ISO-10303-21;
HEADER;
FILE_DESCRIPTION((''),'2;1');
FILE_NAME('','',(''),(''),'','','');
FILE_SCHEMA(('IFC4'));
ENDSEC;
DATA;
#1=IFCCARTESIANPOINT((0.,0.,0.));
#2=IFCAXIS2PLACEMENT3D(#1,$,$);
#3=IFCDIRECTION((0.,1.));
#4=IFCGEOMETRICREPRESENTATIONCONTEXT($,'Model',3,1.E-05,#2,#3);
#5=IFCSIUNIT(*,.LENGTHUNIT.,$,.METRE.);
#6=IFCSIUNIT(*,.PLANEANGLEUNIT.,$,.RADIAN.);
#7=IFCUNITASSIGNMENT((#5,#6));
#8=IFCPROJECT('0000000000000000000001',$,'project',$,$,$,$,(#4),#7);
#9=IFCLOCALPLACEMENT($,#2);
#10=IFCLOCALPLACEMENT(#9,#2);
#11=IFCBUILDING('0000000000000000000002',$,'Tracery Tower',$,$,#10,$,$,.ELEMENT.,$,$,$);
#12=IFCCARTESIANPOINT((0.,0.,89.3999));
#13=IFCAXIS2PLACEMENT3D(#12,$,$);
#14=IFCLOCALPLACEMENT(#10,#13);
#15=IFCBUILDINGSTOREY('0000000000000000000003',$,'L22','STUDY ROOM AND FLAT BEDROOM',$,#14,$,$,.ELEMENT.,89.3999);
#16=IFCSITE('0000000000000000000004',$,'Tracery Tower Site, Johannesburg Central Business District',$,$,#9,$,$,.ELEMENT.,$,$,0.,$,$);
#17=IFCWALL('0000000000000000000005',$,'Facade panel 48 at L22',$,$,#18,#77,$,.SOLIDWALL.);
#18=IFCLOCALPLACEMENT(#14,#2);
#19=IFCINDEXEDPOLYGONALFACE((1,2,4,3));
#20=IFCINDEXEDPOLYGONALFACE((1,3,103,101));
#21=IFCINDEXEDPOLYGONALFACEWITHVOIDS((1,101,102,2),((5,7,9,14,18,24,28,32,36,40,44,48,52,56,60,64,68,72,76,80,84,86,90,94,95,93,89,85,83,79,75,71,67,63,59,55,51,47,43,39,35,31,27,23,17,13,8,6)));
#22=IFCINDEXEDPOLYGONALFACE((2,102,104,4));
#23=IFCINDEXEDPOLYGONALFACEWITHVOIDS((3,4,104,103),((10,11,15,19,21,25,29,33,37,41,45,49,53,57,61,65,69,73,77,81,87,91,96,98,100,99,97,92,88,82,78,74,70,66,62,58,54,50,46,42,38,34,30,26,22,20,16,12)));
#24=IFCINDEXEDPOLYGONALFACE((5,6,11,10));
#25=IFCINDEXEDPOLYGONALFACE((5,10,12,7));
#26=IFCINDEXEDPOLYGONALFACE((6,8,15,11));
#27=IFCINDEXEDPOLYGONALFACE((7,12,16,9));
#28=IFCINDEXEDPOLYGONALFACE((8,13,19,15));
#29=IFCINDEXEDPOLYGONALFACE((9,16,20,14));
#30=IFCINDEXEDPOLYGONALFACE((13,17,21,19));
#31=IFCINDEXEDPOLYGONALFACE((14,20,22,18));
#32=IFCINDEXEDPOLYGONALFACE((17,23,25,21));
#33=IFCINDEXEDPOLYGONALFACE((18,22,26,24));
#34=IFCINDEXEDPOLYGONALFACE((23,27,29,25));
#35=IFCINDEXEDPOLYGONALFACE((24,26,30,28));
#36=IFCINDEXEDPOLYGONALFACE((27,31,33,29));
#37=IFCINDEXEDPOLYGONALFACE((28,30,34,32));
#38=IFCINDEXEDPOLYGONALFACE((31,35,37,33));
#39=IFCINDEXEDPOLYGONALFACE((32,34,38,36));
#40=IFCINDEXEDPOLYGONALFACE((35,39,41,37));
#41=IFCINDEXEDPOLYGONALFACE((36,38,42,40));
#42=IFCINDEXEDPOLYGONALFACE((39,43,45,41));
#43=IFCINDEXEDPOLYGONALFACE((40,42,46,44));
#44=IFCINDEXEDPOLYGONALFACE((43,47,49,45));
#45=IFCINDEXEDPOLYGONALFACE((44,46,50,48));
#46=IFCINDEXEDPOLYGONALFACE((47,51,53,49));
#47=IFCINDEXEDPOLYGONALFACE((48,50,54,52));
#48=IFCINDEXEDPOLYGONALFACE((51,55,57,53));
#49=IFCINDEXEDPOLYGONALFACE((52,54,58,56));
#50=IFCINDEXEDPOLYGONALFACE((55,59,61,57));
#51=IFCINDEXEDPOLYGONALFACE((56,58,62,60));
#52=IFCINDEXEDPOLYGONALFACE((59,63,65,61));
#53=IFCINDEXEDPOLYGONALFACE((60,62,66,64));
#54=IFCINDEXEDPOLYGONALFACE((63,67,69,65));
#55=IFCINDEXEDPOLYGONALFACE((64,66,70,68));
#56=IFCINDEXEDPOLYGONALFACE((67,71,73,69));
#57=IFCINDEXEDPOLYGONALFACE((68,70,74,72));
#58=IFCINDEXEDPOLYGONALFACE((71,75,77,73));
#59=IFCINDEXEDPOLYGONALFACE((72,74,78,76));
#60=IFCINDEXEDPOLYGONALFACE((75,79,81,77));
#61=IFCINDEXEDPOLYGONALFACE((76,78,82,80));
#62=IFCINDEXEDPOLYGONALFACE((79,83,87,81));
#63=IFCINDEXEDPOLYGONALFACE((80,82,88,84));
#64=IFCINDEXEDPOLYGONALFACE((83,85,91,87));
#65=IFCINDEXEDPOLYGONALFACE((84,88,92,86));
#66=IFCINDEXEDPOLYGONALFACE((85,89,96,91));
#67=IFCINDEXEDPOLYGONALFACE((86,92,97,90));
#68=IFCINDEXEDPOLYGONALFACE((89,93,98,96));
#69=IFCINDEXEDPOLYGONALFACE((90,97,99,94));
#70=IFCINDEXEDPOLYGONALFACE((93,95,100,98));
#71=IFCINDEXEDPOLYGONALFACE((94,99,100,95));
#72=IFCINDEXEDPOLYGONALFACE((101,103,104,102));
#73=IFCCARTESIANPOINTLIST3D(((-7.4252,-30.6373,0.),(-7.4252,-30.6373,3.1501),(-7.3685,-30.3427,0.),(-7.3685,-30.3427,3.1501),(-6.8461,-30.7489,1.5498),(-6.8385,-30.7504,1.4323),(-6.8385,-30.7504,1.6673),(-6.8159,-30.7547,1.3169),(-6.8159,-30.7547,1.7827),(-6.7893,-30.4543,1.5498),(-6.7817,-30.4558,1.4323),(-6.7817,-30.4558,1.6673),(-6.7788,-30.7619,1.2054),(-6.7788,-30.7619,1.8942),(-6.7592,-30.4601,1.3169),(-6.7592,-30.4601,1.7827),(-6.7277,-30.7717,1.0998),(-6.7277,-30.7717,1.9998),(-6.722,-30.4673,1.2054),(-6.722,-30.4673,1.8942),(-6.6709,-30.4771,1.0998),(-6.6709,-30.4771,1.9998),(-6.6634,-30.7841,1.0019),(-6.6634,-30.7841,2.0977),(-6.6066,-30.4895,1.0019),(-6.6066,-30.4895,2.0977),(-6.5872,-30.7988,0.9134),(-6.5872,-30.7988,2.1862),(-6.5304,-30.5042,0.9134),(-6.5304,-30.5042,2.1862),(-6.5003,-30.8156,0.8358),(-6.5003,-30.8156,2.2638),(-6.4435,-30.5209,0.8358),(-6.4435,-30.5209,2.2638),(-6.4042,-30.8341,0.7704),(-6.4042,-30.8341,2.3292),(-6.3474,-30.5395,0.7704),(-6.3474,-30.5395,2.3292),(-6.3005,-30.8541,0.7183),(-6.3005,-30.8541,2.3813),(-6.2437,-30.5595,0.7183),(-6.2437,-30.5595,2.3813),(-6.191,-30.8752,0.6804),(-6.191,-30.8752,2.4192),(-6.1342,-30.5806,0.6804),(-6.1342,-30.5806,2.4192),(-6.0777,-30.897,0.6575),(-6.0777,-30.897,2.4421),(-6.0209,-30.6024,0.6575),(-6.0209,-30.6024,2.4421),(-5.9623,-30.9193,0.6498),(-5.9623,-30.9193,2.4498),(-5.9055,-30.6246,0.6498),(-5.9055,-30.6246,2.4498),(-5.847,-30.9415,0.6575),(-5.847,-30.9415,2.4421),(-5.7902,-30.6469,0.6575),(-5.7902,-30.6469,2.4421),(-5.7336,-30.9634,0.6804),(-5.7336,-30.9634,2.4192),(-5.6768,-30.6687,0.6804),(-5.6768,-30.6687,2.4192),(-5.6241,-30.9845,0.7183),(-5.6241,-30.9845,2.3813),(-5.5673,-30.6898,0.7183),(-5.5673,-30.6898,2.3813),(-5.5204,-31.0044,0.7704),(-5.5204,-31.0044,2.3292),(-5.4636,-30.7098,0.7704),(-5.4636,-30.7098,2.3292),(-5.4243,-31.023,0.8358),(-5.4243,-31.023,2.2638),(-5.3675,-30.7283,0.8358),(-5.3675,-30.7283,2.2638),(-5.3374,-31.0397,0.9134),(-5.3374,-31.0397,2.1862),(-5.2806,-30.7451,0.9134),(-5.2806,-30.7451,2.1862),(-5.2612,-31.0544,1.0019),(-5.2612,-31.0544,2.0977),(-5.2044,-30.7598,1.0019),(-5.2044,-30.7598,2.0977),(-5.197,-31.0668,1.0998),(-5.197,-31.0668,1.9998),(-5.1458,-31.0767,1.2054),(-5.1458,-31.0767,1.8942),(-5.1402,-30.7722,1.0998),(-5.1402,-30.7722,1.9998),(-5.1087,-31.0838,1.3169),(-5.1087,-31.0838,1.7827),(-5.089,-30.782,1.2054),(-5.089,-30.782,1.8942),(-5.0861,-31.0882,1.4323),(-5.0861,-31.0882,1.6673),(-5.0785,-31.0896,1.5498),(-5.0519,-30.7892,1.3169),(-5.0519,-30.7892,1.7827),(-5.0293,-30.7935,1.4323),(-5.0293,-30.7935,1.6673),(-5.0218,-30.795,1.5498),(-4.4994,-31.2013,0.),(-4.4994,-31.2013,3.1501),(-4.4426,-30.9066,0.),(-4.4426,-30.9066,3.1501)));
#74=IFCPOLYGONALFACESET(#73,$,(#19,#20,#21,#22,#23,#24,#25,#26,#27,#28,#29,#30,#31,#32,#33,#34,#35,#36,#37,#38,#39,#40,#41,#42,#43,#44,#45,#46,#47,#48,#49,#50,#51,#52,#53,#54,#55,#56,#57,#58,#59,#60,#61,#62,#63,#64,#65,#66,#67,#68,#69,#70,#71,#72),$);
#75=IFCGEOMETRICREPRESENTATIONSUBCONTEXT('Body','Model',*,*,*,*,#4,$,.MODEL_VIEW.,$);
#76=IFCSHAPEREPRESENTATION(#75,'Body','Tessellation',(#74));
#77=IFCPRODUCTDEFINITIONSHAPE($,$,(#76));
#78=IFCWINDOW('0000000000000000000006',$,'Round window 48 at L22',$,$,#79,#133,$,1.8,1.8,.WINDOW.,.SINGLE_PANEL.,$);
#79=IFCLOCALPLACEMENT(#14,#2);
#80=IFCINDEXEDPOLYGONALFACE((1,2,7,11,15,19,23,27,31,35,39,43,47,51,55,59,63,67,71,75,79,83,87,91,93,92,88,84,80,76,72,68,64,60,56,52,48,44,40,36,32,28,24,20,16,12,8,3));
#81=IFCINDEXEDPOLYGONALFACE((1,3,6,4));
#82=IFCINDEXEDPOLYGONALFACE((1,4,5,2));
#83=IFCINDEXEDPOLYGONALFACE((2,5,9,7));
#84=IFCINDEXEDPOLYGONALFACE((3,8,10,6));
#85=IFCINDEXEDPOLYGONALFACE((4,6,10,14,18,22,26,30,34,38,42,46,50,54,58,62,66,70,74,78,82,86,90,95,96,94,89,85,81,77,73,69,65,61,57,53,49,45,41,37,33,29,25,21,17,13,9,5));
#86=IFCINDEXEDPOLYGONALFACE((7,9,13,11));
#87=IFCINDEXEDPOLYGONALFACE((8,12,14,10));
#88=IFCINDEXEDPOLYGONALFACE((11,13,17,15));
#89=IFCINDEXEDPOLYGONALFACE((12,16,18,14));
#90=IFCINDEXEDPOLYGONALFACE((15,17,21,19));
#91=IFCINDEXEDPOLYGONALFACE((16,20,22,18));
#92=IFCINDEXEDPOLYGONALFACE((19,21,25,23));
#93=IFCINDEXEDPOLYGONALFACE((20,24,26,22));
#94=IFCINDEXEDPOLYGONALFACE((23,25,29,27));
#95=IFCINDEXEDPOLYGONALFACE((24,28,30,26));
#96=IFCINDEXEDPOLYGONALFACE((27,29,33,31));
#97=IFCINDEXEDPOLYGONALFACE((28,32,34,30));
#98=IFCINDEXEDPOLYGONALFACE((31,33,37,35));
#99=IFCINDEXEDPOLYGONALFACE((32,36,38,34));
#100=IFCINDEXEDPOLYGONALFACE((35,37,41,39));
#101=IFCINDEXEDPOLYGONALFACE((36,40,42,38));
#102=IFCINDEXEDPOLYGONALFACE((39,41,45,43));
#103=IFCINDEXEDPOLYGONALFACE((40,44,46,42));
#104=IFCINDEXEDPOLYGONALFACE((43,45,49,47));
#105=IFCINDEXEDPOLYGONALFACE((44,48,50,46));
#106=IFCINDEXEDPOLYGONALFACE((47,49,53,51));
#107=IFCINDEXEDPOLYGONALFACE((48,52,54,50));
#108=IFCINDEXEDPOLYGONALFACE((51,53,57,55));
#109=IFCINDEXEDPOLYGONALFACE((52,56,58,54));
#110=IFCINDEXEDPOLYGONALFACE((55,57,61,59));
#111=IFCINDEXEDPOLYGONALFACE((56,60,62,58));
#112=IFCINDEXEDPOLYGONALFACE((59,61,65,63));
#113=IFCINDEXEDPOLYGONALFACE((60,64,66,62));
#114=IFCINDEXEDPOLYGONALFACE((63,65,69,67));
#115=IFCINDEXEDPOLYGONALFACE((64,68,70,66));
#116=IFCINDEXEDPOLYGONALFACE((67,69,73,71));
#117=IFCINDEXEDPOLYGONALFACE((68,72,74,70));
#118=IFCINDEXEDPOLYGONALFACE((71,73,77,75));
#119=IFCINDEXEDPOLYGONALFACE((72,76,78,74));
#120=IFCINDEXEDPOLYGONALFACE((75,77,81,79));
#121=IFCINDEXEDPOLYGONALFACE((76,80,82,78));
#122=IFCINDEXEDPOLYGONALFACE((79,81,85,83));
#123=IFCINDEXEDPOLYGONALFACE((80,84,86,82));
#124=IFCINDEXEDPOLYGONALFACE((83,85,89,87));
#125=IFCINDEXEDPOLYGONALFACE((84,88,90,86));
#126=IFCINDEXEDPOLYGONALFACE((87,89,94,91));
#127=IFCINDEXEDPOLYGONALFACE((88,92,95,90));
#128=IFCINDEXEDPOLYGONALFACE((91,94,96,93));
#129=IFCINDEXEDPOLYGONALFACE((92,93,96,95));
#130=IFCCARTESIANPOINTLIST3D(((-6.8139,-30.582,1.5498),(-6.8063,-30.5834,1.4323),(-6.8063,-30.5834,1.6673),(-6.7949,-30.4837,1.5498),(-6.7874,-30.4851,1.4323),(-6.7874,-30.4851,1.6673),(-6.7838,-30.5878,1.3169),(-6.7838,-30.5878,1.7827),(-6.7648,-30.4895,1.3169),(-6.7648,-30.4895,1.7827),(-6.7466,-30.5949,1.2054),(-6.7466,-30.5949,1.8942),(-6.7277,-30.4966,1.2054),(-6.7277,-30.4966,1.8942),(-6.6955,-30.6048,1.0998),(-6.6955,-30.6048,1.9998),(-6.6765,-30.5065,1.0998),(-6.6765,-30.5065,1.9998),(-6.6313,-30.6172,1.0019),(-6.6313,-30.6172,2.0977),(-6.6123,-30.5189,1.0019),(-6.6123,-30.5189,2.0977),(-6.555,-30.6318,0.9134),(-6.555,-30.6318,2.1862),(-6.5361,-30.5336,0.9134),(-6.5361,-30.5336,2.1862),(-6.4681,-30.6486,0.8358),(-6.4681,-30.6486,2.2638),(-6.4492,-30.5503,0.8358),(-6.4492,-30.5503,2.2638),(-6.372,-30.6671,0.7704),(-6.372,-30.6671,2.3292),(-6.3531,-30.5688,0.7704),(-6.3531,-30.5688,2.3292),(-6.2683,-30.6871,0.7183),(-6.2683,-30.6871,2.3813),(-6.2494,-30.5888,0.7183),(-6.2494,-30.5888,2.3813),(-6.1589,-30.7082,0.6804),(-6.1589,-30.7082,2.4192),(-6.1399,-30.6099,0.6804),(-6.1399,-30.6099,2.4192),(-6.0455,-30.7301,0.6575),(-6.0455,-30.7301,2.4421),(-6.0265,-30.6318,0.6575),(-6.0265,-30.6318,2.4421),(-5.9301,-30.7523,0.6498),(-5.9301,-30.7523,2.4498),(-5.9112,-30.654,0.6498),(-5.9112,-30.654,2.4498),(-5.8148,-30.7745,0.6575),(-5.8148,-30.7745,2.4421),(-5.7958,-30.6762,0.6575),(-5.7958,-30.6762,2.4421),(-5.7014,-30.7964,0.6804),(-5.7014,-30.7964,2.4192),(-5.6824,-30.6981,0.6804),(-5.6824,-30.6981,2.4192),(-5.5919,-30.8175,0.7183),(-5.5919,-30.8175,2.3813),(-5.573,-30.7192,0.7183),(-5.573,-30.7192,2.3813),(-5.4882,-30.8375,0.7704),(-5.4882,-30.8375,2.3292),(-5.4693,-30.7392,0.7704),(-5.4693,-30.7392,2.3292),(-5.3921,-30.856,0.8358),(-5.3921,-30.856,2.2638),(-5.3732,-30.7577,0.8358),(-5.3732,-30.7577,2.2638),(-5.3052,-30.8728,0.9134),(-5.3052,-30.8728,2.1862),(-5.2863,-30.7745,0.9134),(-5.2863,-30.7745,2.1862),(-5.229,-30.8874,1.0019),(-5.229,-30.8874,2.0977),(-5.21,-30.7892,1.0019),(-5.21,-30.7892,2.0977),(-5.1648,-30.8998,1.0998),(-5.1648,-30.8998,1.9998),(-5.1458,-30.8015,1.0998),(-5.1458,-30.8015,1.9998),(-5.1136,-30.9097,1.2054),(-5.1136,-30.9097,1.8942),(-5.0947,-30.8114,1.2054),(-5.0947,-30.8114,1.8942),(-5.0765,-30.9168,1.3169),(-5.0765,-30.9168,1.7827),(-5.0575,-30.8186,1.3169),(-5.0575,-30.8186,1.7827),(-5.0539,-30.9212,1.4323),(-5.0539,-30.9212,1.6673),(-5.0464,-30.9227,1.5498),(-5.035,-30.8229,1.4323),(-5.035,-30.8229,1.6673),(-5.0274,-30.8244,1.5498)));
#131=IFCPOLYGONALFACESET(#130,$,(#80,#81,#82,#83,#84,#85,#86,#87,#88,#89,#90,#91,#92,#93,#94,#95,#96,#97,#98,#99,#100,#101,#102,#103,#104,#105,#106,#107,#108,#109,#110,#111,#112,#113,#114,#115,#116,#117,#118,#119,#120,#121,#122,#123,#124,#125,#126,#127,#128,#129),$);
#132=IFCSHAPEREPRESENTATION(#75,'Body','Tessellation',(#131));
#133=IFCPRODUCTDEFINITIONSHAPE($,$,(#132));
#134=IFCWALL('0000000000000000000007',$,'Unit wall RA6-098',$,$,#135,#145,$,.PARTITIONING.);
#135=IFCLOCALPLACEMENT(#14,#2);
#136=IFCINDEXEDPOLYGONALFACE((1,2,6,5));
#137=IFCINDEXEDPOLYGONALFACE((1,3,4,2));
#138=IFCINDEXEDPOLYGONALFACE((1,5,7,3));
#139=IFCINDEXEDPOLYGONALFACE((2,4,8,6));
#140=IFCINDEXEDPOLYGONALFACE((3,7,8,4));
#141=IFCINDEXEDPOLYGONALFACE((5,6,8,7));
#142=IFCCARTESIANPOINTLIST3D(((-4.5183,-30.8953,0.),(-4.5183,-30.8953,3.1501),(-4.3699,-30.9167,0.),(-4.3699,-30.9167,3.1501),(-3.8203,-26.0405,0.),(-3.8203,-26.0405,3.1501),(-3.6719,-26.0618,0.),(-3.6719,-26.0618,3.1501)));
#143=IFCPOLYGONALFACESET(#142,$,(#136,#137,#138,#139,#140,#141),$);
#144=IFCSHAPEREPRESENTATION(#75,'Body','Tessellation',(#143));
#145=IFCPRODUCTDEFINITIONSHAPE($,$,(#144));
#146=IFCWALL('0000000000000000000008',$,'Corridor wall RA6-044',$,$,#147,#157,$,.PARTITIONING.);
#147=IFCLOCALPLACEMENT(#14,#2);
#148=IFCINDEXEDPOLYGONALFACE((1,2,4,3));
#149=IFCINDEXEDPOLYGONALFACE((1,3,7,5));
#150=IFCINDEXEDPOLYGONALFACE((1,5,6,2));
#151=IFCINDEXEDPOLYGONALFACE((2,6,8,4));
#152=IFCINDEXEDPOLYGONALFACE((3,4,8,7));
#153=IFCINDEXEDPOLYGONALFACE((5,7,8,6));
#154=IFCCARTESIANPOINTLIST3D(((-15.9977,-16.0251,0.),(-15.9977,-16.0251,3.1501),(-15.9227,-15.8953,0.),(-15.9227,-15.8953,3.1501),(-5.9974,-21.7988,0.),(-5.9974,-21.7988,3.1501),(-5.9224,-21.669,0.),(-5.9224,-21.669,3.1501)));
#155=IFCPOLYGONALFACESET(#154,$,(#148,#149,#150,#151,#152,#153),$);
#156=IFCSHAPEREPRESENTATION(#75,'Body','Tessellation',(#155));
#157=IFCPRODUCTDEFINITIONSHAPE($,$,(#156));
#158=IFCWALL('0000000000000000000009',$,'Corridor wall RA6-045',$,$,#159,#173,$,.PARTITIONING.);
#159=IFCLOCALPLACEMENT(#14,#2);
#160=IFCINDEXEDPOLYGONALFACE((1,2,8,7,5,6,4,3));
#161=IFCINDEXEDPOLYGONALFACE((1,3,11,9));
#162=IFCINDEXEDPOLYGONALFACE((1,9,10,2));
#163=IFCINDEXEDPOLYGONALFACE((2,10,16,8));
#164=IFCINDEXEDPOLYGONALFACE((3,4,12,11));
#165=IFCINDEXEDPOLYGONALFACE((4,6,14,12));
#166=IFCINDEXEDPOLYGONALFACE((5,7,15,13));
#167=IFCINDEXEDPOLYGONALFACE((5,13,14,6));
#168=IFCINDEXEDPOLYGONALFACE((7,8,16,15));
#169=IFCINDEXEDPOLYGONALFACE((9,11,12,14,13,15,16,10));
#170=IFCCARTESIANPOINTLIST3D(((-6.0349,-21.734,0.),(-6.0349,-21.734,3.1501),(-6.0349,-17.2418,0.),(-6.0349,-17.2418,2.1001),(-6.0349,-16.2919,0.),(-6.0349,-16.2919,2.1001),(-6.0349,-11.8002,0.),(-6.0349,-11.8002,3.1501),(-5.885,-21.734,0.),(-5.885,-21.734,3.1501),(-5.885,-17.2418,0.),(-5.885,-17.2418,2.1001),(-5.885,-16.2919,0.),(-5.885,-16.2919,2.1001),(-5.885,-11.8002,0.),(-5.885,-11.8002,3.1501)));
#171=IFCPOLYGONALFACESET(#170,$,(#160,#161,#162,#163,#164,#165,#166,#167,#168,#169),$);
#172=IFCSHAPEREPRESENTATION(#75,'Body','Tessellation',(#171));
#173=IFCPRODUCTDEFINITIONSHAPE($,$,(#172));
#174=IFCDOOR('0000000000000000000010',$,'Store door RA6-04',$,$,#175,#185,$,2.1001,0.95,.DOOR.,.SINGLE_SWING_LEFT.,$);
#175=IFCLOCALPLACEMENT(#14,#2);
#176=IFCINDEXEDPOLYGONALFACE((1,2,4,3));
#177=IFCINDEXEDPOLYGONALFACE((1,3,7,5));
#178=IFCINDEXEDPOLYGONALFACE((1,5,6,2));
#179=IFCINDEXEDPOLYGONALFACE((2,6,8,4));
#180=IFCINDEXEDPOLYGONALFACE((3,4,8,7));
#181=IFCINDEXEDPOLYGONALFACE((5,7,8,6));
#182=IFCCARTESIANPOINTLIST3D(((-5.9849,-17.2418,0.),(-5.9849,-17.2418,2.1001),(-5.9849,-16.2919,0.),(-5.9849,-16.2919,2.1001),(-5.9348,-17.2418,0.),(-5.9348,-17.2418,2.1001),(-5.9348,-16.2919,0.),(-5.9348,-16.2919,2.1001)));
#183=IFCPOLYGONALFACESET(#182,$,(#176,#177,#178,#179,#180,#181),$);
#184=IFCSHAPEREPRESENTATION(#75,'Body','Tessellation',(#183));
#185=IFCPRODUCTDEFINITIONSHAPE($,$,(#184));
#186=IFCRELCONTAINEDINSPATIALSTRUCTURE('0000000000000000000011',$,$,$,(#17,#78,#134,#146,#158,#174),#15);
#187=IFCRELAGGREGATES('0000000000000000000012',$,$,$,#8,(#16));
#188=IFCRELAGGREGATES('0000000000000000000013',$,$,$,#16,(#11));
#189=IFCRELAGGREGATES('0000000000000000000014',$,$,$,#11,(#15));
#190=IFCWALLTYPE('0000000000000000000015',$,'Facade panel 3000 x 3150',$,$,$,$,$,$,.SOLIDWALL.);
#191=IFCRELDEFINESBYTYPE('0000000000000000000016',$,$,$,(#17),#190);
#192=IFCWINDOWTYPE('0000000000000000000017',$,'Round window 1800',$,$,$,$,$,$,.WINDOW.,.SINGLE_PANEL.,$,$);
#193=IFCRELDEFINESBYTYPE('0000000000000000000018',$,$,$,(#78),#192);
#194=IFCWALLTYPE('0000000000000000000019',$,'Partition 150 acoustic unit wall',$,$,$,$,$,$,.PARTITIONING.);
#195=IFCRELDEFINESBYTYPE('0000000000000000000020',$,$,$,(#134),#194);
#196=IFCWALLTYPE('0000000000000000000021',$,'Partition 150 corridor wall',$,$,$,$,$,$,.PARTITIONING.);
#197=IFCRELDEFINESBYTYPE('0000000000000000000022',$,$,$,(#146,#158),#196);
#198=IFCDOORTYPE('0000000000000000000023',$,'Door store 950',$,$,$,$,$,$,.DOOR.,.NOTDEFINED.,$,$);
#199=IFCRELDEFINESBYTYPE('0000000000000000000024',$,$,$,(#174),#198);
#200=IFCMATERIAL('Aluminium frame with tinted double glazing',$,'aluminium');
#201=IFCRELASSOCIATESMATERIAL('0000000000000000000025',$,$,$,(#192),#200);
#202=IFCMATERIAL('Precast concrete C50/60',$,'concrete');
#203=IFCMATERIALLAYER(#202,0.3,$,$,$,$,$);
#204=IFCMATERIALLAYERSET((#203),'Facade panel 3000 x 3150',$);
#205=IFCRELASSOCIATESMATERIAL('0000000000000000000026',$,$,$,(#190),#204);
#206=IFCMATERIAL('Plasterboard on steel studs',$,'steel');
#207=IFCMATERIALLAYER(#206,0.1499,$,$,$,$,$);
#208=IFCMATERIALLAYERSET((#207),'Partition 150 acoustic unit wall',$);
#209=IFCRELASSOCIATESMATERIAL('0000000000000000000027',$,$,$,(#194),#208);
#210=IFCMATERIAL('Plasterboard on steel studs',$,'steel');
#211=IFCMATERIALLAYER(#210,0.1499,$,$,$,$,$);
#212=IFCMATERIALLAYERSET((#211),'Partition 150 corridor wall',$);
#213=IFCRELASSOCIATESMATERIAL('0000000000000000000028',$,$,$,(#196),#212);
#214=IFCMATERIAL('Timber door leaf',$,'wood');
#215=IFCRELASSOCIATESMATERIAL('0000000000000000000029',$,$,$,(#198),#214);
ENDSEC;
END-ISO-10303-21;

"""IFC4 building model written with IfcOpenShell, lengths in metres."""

from ifc_helpers import new_model, si_unit, direction, frame, frame_2d, origin, origin_2d, place, context, subcontext, project, spatial, rectangle, circle, extrude, material, layer, layer_set, type_object, element, fill, save


model = new_model("IFC4")

# Units and contexts
model_context = context("Model", 3, precision=1e-05, world=origin(), true_north=direction((0.0, 1.0)))
body_context = subcontext(model_context, "Body", "Model", "MODEL_VIEW")
ifc_project = project(units=[si_unit("LENGTHUNIT", "METRE"), si_unit("PLANEANGLEUNIT", "RADIAN")], contexts=[model_context])

# Site, building, storey
site_placement = place(None, origin())
site = spatial("IfcSite", under=ifc_project, at=site_placement, Name="Tracery Tower Site, Johannesburg Central Business District", CompositionType="ELEMENT", RefElevation=0.0)
building_placement = place(site_placement, origin())
building = spatial("IfcBuilding", under=site, at=building_placement, Name="Tracery Tower", CompositionType="ELEMENT")
storey_placement = place(building_placement, frame((0.0, 0.0, 89.3999)))
storey = spatial("IfcBuildingStorey", under=building, at=storey_placement, Name="L22", Description="STUDY ROOM AND FLAT BEDROOM", CompositionType="ELEMENT", Elevation=89.3999)

# Wall, opening, window
ifc_material_1 = material(Name="Aluminium frame with tinted double glazing", Category="aluminium")
window_type = type_object("IfcWindowType", Name="Round window 1800", PartitioningType="SINGLE_PANEL", PredefinedType="WINDOW", material=ifc_material_1)
ifc_material_2 = material(Name="Precast concrete C50/60", Category="concrete")
ifc_layer_1 = layer(ifc_material_2, 0.3)
ifc_layer_set_1 = layer_set([ifc_layer_1], Name="Facade panel 3000 x 3150")
wall_type_1 = type_object("IfcWallType", Name="Facade panel 3000 x 3150", PredefinedType="SOLIDWALL", material=ifc_layer_set_1)
wall_1_placement = place(storey_placement, frame((-7.3967, -30.49, 0.0), z_axis=(0.0, 0.0, 1.0), x_axis=(0.981925, -0.189273, 0.0)))
wall_1 = element("IfcWall", 1, at=wall_1_placement, inside=storey, type_object=wall_type_1, Name="Facade panel 48 at L22", PredefinedType="SOLIDWALL", context=body_context, shape_type="SweptSolid", body=[
    extrude(rectangle(XDim=2.9797, YDim=0.3, at=frame_2d((1.4897, 0.0))), origin(), (0.0, 0.0, 1.0), 3.1501),
])
opening_1_placement = place(wall_1_placement, frame((1.4897, 0.0, 1.5498)))
opening_1 = element("IfcOpeningElement", 2, at=opening_1_placement, cuts=wall_1, PredefinedType="OPENING", context=body_context, shape_type="SweptSolid", body=[
    extrude(circle(Radius=0.9, at=origin_2d()), frame((0.0, 0.1599, 0.0), z_axis=(0.0, -1.0, 0.0), x_axis=(1.0, 0.0, 0.0)), (0.0, 0.0, 1.0), 0.3201),
])
window_1_placement = place(opening_1_placement, origin())
window_1 = element("IfcWindow", 3, at=window_1_placement, inside=storey, type_object=window_type, Name="Round window 48 at L22", OverallHeight=1.8, OverallWidth=1.8, PartitioningType="SINGLE_PANEL", PredefinedType="WINDOW", context=body_context, shape_type="SweptSolid", body=[
    extrude(circle(Radius=0.9, at=origin_2d()), frame((0.0, 0.1201, 0.0), z_axis=(0.0, -1.0, 0.0), x_axis=(1.0, 0.0, 0.0)), (0.0, 0.0, 1.0), 0.1001),
])
fill(opening_1, window_1)

# Walls
ifc_material_3 = material(Name="Plasterboard on steel studs", Category="steel")
ifc_layer_2 = layer(ifc_material_3, 0.1499)
ifc_layer_set_2 = layer_set([ifc_layer_2], Name="Partition 150 acoustic unit wall")
wall_type_2 = type_object("IfcWallType", Name="Partition 150 acoustic unit wall", PredefinedType="PARTITIONING", material=ifc_layer_set_2)
wall_2_placement = place(storey_placement, frame((-4.4441, -30.906, 0.0), z_axis=(0.0, 0.0, 1.0), x_axis=(0.142306, 0.989823, 0.0)))
element("IfcWall", 4, at=wall_2_placement, inside=storey, type_object=wall_type_2, Name="Unit wall RA6-098", PredefinedType="PARTITIONING", context=body_context, shape_type="SweptSolid", body=[
    extrude(rectangle(XDim=4.9048, YDim=0.1499, at=frame_2d((2.4524, 0.0))), origin(), (0.0, 0.0, 1.0), 3.1501),
])
ifc_material_4 = material(Name="Plasterboard on steel studs", Category="steel")
ifc_layer_3 = layer(ifc_material_4, 0.1499)
ifc_layer_set_3 = layer_set([ifc_layer_3], Name="Partition 150 corridor wall")
wall_type_3 = type_object("IfcWallType", Name="Partition 150 corridor wall", PredefinedType="PARTITIONING", material=ifc_layer_set_3)
wall_3_placement = place(storey_placement, frame((-15.9602, -15.9602, 0.0), z_axis=(0.0, 0.0, 1.0), x_axis=(0.866024, -0.500002, 0.0)))
element("IfcWall", 5, at=wall_3_placement, inside=storey, type_object=wall_type_3, Name="Corridor wall RA6-044", PredefinedType="PARTITIONING", context=body_context, shape_type="SweptSolid", body=[
    extrude(rectangle(XDim=11.5474, YDim=0.1499, at=frame_2d((5.7737, 0.0))), origin(), (0.0, 0.0, 1.0), 3.1501),
])

# Wall, opening, door
wall_4_placement = place(storey_placement, frame((-5.96, -21.7339, 0.0), z_axis=(0.0, 0.0, 1.0), x_axis=(0.0, 1.0, 0.0)))
wall_4 = element("IfcWall", 6, at=wall_4_placement, inside=storey, type_object=wall_type_3, Name="Corridor wall RA6-045", PredefinedType="PARTITIONING", context=body_context, shape_type="SweptSolid", body=[
    extrude(rectangle(XDim=9.9338, YDim=0.1499, at=frame_2d((4.9668, 0.0))), origin(), (0.0, 0.0, 1.0), 3.1501),
])
opening_2_placement = place(wall_4_placement, frame((4.4919, 0.0, 0.0)))
opening_2 = element("IfcOpeningElement", 7, at=opening_2_placement, cuts=wall_4, PredefinedType="OPENING", context=body_context, shape_type="SweptSolid", body=[
    extrude(rectangle(XDim=0.95, YDim=2.1001, at=frame_2d((0.4751, 1.05))), frame((0.0, 0.075, 0.0), z_axis=(0.0, -1.0, 0.0), x_axis=(1.0, 0.0, 0.0)), (0.0, 0.0, 1.0), 0.1499),
])
ifc_material_5 = material(Name="Timber door leaf", Category="wood")
door_type_1 = type_object("IfcDoorType", Name="Door store 950", OperationType="NOTDEFINED", PredefinedType="DOOR", material=ifc_material_5)
door_1_placement = place(opening_2_placement, origin())
door_1 = element("IfcDoor", 8, at=door_1_placement, inside=storey, type_object=door_type_1, Name="Store door RA6-04", OperationType="SINGLE_SWING_LEFT", OverallHeight=2.1001, OverallWidth=0.95, PredefinedType="DOOR", context=body_context, shape_type="SweptSolid", body=[
    extrude(rectangle(XDim=0.95, YDim=2.1001, at=frame_2d((0.4751, 1.05))), frame((0.0, 0.0249, 0.0), z_axis=(0.0, -1.0, 0.0), x_axis=(1.0, 0.0, 0.0)), (0.0, 0.0, 1.0), 0.05),
])
fill(opening_2, door_1)

save(model, "model.ifc")
